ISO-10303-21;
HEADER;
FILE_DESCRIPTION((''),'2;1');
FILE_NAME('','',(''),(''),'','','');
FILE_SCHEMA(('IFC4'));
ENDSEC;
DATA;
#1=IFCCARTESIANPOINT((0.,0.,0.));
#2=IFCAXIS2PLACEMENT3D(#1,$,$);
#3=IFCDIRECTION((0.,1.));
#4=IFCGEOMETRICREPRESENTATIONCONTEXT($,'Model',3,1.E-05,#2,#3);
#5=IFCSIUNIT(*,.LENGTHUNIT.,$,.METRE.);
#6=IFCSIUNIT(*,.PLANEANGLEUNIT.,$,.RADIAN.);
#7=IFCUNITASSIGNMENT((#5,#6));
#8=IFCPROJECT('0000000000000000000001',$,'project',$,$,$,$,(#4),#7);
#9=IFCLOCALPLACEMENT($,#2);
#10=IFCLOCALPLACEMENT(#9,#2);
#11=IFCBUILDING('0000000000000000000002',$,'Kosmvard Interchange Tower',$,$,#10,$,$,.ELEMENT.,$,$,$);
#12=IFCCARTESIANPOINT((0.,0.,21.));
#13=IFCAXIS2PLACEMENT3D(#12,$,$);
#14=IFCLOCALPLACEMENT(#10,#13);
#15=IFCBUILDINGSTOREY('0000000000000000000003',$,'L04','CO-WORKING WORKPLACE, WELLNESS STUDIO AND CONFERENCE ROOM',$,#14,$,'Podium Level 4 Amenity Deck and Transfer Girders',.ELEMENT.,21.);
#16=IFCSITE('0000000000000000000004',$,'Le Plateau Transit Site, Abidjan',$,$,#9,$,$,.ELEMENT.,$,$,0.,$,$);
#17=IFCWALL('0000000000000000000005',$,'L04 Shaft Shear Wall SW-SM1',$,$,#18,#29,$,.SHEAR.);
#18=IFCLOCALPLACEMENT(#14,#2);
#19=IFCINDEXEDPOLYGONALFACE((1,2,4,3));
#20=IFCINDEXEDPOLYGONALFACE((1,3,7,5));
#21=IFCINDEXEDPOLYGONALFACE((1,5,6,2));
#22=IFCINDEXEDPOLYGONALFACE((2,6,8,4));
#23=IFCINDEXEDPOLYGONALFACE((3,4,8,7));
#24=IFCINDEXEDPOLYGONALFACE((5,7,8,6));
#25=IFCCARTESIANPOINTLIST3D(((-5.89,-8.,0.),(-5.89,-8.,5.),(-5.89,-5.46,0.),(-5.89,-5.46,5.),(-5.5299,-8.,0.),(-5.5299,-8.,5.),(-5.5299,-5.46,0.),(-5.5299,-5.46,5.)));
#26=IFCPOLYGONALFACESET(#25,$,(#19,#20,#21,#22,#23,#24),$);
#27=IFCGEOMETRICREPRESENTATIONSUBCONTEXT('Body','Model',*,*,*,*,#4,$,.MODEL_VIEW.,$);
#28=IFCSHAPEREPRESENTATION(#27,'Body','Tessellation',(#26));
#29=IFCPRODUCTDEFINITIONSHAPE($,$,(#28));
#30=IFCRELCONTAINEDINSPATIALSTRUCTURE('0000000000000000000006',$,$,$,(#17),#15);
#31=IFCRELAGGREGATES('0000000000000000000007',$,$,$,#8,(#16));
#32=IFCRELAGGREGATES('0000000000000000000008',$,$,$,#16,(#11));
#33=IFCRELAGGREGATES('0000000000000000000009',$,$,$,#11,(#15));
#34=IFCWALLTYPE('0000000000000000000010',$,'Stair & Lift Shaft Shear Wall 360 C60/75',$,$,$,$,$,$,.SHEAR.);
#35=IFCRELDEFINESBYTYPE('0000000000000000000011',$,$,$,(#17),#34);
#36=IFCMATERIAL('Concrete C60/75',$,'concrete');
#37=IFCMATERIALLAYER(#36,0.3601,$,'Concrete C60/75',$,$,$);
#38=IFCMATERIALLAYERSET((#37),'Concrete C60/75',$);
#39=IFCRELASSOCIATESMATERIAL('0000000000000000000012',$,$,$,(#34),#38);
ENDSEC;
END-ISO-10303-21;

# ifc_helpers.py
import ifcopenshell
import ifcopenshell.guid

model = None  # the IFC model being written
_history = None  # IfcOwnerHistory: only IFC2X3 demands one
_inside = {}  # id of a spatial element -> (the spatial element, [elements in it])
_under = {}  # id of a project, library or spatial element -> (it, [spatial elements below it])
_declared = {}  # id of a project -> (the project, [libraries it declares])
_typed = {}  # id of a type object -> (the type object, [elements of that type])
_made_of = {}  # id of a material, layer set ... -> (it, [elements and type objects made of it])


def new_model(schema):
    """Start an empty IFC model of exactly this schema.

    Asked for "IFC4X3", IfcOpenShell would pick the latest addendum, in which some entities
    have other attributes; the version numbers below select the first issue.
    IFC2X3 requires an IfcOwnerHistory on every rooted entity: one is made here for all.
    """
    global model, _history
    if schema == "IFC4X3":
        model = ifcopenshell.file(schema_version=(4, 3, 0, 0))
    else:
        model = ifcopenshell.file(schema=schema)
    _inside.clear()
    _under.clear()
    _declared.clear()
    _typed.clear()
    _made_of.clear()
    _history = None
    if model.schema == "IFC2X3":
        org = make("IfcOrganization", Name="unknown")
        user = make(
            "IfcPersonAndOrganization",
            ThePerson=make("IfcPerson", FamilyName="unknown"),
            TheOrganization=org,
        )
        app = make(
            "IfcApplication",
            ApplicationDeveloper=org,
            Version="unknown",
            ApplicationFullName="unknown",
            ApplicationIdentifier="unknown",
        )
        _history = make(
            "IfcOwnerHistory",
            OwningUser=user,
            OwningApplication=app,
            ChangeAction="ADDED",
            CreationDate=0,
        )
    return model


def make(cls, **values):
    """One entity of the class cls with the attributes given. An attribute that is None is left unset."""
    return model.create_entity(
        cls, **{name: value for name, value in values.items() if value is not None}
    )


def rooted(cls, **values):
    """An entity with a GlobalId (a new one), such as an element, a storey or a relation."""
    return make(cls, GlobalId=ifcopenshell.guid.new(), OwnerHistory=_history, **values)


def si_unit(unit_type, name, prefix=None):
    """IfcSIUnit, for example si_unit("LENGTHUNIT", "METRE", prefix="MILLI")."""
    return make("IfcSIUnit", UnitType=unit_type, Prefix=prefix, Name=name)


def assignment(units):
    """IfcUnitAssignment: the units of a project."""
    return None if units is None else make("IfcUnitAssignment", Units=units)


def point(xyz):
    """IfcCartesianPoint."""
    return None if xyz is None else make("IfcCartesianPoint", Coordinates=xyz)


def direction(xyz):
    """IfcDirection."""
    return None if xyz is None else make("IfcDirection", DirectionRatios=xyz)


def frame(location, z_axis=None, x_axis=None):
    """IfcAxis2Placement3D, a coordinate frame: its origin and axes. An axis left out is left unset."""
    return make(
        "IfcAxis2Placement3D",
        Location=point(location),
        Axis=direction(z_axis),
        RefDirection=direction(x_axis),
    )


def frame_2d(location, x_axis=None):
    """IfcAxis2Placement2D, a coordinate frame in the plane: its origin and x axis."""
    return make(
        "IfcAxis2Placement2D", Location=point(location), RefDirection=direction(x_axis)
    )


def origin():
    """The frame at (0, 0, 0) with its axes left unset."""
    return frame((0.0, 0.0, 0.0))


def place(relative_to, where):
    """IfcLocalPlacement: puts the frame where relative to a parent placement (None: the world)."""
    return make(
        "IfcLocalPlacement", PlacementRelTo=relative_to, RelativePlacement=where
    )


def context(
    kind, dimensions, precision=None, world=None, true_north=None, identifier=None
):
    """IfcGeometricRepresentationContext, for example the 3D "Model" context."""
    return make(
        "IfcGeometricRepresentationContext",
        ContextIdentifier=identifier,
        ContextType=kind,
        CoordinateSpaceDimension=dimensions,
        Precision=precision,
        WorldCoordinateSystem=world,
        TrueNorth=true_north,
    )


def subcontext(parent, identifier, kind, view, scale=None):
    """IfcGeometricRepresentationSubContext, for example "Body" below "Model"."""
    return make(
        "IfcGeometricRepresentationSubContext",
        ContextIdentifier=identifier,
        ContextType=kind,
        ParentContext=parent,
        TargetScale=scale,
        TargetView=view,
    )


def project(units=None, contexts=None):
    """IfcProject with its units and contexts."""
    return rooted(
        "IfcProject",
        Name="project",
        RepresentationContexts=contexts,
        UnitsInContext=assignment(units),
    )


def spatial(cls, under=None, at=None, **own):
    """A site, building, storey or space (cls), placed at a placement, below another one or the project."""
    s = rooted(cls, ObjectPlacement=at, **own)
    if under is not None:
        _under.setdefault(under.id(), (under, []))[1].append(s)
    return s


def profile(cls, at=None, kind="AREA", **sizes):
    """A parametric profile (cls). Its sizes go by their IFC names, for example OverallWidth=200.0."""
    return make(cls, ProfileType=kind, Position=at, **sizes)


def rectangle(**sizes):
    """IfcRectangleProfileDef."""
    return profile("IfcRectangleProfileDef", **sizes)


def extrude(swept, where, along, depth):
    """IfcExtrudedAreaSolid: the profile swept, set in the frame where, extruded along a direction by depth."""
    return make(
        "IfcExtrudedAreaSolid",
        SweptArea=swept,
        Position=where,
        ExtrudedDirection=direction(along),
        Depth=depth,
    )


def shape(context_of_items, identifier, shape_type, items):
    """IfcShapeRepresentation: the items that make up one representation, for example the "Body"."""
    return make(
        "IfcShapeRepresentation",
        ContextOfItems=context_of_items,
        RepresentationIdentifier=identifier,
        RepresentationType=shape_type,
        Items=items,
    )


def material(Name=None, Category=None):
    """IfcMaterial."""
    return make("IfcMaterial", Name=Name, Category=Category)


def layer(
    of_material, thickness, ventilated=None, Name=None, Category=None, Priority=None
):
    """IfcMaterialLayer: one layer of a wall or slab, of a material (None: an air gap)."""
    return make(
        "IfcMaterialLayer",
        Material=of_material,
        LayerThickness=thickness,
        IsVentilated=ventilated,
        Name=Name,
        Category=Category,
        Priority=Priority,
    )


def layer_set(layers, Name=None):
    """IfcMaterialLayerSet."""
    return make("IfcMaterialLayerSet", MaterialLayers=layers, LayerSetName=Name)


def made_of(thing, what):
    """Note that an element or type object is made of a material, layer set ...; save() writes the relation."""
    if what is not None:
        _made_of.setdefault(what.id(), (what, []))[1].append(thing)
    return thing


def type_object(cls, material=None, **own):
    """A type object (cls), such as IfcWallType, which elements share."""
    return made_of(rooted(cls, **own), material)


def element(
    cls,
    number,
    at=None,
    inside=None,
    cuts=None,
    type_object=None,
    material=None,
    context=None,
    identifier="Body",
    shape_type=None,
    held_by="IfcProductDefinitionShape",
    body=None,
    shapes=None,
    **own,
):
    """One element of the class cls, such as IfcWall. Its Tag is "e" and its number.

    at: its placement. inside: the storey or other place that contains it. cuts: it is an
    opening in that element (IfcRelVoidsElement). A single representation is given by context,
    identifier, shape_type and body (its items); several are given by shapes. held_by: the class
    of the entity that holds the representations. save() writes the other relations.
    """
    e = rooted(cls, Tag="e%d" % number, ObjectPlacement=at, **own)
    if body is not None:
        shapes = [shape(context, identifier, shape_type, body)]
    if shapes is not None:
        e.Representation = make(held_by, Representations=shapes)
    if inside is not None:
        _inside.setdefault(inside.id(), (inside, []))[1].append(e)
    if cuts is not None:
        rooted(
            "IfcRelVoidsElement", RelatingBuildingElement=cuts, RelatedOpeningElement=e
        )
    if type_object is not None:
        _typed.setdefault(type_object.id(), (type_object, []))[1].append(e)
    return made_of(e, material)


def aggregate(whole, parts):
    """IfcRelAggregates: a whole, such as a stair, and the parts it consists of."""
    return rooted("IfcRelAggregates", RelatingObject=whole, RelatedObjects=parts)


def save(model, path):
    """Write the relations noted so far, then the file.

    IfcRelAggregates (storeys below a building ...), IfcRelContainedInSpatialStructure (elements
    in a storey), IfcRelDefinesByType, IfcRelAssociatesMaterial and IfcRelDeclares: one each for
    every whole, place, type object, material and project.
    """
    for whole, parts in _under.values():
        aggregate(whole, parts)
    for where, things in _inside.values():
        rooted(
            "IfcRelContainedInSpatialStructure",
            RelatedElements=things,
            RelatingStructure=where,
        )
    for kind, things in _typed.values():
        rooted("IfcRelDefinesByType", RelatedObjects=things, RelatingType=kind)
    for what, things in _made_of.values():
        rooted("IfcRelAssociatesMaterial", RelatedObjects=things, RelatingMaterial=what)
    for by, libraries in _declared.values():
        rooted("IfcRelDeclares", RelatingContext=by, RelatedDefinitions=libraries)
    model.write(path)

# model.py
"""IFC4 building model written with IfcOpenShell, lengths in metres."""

from ifc_helpers import new_model, si_unit, direction, frame, frame_2d, origin, place, context, subcontext, project, spatial, rectangle, extrude, material, layer, layer_set, type_object, element, save


model = new_model("IFC4")

# Units and contexts
model_context = context("Model", 3, precision=1e-05, world=origin(), true_north=direction((0.0, 1.0)))
body_context = subcontext(model_context, "Body", "Model", "MODEL_VIEW")
ifc_project = project(units=[si_unit("LENGTHUNIT", "METRE"), si_unit("PLANEANGLEUNIT", "RADIAN")], contexts=[model_context])

# Site, building, storey
site_placement = place(None, origin())
site = spatial("IfcSite", under=ifc_project, at=site_placement, Name="Le Plateau Transit Site, Abidjan", CompositionType="ELEMENT", RefElevation=0.0)
building_placement = place(site_placement, origin())
building = spatial("IfcBuilding", under=site, at=building_placement, Name="Kosmvard Interchange Tower", CompositionType="ELEMENT")
storey_placement = place(building_placement, frame((0.0, 0.0, 21.0)))
storey = spatial("IfcBuildingStorey", under=building, at=storey_placement, Name="L04", Description="CO-WORKING WORKPLACE, WELLNESS STUDIO AND CONFERENCE ROOM", LongName="Podium Level 4 Amenity Deck and Transfer Girders", CompositionType="ELEMENT", Elevation=21.0)

# Shared definitions
ifc_material_1 = material(Name="Concrete C60/75", Category="concrete")
ifc_layer_1 = layer(ifc_material_1, 0.3601, Name="Concrete C60/75")
ifc_layer_set_1 = layer_set([ifc_layer_1], Name="Concrete C60/75")
wall_type_1 = type_object("IfcWallType", Name="Stair & Lift Shaft Shear Wall 360 C60/75", PredefinedType="SHEAR", material=ifc_layer_set_1)

# Wall
wall_1_placement = place(storey_placement, frame((-5.71, -8.0, 0.0), z_axis=(0.0, 0.0, 1.0), x_axis=(0.0, 1.0, 0.0)))
element("IfcWall", 1, at=wall_1_placement, inside=storey, type_object=wall_type_1, Name="L04 Shaft Shear Wall SW-SM1", PredefinedType="SHEAR", context=body_context, shape_type="SweptSolid", body=[
    extrude(rectangle(XDim=2.54, YDim=0.3601, at=frame_2d((1.27, 0.0))), origin(), (0.0, 0.0, 1.0), 5.0),
])

save(model, "model.ifc")
